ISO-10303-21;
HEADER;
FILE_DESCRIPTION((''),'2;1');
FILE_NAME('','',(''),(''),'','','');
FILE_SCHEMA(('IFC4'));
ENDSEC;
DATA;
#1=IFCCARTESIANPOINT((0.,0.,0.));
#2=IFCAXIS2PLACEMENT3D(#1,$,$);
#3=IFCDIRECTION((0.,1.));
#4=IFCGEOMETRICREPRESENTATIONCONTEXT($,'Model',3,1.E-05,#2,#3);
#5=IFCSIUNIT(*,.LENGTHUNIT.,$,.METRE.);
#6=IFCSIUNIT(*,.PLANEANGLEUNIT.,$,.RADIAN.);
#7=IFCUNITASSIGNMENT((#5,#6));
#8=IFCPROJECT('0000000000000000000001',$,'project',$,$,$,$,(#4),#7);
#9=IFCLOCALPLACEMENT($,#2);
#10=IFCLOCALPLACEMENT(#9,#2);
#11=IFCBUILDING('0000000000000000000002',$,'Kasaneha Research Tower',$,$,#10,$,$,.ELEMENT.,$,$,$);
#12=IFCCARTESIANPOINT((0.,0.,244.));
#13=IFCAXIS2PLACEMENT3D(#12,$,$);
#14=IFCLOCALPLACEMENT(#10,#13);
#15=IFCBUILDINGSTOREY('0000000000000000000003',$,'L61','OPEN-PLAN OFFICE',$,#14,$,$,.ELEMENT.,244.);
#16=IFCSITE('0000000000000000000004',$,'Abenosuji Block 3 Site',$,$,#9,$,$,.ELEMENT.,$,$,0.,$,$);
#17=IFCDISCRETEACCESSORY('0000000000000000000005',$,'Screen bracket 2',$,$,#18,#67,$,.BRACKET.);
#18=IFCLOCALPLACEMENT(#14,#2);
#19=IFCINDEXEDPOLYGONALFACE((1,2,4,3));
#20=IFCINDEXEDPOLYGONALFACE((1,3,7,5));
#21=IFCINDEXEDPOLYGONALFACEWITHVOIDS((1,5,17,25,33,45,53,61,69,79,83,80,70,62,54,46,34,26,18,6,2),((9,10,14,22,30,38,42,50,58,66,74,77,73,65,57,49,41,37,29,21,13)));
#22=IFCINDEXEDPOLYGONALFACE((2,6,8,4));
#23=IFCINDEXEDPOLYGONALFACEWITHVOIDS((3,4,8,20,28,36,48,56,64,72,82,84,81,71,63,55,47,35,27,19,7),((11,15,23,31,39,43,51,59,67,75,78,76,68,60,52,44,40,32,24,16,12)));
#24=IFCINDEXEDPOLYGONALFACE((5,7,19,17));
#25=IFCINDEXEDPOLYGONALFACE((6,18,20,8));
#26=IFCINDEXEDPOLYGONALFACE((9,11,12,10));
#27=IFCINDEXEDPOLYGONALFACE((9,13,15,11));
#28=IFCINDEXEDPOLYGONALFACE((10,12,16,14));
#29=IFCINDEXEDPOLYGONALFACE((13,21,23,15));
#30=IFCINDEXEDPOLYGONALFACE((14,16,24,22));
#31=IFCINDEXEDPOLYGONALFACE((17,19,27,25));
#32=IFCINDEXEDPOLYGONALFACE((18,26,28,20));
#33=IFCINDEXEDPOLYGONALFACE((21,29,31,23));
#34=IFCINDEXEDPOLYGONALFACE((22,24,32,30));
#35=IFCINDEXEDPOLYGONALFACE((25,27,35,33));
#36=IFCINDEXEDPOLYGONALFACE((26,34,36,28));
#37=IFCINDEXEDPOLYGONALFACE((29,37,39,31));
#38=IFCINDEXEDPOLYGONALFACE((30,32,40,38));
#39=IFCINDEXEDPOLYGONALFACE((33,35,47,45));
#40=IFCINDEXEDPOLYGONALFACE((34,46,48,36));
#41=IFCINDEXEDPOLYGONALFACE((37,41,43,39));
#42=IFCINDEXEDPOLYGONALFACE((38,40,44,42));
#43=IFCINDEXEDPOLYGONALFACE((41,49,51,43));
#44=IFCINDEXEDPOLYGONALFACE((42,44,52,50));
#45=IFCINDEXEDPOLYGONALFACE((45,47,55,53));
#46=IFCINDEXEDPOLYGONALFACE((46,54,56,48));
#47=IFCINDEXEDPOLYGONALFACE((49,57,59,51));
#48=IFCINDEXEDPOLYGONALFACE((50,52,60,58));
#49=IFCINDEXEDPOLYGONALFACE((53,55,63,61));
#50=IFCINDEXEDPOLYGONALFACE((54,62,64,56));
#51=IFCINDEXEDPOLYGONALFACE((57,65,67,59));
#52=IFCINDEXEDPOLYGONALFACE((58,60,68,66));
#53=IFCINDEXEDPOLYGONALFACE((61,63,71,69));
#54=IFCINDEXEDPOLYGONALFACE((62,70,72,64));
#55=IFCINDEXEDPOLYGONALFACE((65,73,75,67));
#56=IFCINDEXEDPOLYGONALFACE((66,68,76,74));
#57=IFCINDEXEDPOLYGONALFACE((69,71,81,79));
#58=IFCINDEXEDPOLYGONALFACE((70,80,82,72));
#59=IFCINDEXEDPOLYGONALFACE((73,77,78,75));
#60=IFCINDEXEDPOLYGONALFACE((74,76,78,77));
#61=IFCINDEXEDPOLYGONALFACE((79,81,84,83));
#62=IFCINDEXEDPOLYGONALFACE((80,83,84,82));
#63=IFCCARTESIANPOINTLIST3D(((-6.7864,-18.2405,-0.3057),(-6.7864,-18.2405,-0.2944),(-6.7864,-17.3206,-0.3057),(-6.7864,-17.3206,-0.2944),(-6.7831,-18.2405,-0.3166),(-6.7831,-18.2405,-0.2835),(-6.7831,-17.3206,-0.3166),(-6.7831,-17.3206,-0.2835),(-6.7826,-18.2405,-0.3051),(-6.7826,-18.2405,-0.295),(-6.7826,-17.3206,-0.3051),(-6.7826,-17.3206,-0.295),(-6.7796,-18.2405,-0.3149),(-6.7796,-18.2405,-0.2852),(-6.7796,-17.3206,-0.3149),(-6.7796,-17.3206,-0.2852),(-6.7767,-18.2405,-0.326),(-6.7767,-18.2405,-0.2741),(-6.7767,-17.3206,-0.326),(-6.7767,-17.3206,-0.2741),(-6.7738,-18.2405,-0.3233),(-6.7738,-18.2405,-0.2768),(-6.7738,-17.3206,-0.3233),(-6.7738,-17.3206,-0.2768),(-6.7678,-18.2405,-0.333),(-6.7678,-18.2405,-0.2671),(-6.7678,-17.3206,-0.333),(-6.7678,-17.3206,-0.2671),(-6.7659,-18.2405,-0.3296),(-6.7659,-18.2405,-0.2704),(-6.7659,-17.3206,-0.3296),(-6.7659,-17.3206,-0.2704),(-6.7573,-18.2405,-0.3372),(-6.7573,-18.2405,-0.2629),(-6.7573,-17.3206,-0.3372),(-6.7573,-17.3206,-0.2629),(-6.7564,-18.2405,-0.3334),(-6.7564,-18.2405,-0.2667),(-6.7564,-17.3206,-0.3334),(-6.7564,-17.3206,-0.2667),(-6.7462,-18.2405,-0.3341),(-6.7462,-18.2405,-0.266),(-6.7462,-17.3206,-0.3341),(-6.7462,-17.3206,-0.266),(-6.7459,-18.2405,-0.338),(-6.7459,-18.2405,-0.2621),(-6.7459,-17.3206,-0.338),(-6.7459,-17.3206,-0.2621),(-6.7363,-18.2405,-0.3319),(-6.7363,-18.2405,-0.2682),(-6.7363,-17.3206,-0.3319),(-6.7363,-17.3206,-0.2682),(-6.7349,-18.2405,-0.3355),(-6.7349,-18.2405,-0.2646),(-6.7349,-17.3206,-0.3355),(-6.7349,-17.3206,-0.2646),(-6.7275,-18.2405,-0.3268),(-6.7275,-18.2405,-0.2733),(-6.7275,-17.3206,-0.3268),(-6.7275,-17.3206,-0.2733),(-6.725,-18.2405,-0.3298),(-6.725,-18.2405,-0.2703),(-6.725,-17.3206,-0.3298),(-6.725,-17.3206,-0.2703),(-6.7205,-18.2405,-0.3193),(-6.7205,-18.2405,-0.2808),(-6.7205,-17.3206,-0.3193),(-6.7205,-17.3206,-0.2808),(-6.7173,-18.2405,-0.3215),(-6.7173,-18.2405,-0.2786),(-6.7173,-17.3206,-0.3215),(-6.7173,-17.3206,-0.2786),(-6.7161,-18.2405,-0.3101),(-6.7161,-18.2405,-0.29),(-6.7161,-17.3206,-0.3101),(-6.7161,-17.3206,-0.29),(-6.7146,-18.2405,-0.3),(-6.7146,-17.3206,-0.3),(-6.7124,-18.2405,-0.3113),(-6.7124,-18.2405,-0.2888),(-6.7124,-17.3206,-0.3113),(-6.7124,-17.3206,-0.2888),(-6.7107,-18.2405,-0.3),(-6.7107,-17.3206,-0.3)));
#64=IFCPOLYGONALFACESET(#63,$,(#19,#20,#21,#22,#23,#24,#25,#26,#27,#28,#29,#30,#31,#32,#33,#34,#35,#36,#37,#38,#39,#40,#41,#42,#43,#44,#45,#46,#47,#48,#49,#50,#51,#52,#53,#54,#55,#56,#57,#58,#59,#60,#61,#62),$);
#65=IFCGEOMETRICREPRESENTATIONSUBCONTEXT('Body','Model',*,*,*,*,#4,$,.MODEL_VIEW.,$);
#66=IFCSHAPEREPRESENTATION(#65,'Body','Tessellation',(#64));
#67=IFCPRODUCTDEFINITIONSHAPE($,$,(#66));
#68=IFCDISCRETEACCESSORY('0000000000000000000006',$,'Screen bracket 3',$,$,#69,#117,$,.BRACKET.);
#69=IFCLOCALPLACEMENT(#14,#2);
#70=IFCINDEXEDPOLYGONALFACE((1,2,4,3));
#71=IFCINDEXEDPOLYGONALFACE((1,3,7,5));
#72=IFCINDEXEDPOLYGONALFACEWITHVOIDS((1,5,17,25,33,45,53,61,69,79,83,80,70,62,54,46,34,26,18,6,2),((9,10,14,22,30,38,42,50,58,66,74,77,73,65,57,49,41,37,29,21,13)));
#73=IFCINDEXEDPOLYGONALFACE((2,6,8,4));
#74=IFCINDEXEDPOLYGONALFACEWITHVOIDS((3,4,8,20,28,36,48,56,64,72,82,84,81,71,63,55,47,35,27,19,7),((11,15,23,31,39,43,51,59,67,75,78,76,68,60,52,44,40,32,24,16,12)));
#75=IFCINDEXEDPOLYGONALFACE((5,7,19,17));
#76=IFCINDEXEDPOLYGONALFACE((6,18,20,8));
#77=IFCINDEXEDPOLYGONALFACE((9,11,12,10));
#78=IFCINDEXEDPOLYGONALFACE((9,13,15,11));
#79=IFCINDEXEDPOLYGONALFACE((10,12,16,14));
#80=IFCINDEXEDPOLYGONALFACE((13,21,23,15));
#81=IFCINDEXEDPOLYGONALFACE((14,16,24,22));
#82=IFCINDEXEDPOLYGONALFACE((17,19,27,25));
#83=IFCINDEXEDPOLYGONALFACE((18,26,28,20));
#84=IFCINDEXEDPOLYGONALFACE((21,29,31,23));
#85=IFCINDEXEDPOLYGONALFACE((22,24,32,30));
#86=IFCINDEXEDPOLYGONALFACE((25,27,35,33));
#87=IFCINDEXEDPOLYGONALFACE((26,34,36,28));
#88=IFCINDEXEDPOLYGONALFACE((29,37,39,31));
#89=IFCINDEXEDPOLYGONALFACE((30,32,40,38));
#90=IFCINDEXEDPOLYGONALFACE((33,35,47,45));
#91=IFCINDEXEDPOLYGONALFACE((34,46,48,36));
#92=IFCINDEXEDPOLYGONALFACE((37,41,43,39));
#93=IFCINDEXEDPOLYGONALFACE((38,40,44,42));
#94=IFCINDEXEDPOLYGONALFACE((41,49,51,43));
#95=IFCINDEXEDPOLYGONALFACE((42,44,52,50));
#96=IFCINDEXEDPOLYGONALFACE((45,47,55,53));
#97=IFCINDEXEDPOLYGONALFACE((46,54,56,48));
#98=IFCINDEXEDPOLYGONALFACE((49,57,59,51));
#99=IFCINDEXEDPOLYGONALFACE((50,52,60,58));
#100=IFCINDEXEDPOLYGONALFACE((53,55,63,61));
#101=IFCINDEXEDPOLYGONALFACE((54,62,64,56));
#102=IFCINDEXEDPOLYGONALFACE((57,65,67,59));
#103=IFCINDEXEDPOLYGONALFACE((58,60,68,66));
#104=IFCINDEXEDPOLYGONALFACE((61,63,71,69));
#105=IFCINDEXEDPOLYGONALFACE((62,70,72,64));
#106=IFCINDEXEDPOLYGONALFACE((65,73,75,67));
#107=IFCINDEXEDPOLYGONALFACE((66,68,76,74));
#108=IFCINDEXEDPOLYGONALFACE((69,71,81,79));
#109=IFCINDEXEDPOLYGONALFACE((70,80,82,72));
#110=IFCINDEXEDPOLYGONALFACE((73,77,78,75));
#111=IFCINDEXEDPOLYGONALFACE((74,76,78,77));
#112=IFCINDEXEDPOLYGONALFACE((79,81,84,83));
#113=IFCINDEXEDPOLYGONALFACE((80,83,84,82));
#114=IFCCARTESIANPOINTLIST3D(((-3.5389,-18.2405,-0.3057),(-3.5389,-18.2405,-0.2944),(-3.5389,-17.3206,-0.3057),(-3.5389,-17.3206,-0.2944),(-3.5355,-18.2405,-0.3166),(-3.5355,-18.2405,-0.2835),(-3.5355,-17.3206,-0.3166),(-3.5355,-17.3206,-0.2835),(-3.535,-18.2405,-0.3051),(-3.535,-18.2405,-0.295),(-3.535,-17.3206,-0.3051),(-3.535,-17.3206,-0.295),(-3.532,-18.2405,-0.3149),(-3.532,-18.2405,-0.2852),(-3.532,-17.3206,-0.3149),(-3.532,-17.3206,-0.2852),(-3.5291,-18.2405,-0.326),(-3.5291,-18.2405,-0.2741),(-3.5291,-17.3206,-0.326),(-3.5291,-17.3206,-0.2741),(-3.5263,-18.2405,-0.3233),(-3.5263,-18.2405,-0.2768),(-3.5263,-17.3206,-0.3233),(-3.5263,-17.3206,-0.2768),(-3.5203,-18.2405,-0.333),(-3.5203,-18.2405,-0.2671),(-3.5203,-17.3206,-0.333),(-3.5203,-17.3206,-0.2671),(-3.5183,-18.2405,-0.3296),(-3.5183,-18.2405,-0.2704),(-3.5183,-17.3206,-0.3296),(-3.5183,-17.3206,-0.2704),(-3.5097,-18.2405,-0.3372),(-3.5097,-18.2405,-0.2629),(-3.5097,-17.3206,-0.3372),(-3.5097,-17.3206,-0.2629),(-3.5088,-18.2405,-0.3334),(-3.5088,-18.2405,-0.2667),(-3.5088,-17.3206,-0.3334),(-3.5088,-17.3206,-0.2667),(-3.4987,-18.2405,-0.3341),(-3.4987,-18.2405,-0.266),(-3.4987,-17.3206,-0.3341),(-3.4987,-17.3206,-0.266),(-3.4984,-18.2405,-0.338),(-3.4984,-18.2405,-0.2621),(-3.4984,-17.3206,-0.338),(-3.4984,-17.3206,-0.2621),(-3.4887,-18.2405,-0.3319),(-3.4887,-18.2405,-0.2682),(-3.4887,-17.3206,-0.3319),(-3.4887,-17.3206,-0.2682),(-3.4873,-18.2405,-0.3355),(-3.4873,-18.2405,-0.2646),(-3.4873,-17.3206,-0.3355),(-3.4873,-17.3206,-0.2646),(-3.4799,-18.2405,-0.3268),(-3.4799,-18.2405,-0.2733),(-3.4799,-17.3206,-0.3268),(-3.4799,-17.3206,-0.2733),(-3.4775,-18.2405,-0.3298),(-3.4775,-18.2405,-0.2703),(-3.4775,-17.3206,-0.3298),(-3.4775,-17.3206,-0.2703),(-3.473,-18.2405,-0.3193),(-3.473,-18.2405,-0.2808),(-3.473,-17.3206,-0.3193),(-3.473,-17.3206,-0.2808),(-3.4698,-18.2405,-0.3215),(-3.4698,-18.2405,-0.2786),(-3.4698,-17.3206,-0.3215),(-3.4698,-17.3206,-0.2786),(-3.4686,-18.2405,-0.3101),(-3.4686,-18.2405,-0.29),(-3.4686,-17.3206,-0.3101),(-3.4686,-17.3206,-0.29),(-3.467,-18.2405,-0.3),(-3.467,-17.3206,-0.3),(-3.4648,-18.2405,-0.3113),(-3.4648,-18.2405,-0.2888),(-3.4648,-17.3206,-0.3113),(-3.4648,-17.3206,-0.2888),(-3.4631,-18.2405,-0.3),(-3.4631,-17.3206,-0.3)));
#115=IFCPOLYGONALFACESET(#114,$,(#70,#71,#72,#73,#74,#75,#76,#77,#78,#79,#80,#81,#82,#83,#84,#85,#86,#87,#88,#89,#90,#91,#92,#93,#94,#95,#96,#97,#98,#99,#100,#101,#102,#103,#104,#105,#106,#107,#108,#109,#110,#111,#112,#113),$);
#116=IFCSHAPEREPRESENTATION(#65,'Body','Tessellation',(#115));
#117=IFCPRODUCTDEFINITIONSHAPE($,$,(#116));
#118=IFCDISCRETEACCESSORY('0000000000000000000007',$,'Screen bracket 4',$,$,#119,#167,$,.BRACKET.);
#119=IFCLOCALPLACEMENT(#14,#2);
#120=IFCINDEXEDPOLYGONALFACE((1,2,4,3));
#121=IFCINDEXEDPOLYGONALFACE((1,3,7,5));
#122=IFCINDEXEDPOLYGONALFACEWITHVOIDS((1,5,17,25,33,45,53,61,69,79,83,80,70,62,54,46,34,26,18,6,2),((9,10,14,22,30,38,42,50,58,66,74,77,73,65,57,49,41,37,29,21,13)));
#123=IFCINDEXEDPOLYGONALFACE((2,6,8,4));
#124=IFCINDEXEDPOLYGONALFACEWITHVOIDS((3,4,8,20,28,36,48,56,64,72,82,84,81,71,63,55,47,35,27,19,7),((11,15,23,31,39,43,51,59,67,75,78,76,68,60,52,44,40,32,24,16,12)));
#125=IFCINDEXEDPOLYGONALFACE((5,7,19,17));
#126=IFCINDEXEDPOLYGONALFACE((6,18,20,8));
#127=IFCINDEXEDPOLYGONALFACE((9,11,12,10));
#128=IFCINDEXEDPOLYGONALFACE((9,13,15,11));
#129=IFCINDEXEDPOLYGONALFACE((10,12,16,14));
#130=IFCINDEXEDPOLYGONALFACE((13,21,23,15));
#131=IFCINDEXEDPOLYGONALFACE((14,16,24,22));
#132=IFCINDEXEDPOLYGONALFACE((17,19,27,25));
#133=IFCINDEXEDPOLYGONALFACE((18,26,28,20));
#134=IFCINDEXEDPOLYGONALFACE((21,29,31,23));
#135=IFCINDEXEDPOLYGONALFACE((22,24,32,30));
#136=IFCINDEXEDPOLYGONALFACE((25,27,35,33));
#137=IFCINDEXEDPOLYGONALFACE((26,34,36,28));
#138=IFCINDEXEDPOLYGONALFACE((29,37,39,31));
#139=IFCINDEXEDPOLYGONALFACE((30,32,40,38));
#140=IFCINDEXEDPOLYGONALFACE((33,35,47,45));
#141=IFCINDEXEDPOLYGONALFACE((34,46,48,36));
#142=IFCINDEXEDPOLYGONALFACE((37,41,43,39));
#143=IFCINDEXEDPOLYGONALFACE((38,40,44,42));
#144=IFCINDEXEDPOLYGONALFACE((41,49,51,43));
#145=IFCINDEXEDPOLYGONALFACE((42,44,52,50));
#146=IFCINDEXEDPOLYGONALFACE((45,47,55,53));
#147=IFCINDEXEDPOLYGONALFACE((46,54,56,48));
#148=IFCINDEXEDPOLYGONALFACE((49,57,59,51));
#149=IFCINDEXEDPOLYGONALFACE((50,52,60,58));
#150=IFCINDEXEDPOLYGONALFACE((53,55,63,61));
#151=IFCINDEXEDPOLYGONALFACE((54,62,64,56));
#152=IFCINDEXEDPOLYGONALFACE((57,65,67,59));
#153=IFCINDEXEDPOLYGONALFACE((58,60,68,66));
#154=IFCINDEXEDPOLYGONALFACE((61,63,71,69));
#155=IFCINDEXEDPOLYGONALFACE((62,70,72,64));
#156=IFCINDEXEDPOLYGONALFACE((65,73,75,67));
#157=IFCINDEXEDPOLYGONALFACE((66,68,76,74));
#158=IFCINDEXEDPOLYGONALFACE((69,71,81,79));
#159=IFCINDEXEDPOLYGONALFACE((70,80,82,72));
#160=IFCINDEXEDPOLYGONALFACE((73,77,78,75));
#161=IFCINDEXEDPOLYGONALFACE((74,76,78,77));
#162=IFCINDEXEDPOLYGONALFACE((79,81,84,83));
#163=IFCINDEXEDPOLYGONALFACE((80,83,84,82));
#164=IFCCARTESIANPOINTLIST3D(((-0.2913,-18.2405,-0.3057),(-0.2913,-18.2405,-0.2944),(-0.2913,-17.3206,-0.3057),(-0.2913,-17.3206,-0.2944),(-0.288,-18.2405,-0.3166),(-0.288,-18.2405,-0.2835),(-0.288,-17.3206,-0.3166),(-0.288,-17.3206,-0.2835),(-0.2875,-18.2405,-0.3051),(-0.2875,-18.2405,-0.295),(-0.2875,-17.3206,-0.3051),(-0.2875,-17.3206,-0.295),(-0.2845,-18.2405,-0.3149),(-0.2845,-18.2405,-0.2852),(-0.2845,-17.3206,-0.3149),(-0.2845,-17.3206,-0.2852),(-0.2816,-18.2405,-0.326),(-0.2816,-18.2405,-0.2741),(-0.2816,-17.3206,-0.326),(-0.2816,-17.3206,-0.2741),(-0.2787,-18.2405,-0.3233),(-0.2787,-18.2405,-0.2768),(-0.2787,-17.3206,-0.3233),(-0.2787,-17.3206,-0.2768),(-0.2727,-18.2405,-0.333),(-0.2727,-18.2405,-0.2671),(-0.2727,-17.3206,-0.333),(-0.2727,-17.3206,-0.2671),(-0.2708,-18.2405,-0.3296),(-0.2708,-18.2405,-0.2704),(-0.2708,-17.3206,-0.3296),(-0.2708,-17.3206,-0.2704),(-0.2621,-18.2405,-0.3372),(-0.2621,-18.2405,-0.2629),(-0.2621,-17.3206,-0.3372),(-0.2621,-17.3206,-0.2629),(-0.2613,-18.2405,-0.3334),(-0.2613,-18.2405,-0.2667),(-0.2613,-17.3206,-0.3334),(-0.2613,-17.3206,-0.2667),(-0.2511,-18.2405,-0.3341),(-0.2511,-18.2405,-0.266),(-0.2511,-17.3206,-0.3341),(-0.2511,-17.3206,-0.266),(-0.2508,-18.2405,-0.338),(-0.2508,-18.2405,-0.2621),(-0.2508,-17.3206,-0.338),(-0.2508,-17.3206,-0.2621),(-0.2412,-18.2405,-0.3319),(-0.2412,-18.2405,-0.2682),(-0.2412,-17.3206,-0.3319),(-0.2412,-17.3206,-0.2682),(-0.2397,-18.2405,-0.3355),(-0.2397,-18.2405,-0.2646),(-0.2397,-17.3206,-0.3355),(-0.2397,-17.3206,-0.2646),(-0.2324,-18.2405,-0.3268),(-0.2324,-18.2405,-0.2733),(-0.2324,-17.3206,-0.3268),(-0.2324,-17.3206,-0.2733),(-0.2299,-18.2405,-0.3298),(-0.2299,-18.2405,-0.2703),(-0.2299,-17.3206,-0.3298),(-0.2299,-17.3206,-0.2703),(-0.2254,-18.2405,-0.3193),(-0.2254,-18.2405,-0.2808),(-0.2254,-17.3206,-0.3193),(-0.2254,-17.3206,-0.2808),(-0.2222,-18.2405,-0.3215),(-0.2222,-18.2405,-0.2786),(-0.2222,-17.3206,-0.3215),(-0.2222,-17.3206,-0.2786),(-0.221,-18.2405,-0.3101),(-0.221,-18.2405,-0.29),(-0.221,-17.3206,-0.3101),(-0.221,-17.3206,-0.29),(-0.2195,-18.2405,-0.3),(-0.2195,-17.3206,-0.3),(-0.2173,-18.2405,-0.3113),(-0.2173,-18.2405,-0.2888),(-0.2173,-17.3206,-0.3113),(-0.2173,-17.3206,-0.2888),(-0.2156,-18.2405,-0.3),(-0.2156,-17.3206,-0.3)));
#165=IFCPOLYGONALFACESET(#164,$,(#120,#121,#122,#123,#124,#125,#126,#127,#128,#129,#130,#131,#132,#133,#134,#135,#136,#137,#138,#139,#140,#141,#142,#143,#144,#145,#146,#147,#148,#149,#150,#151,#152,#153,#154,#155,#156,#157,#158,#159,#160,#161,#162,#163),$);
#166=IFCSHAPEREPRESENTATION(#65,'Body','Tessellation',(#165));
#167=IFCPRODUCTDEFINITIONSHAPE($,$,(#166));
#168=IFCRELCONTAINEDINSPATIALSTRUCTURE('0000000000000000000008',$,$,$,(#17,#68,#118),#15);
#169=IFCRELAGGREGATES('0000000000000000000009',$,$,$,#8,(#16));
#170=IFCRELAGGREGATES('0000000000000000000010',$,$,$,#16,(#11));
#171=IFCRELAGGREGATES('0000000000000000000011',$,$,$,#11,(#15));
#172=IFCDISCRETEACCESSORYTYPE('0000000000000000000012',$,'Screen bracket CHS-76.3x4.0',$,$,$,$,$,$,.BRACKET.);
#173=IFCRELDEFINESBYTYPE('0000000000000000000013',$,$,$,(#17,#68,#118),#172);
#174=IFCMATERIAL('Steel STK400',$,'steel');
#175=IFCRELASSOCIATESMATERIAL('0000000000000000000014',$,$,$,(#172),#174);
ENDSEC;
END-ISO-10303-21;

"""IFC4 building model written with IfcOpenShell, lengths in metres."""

from ifc_helpers import new_model, si_unit, direction, frame, origin, origin_2d, place, context, subcontext, project, spatial, hollow_circle, extrude, material, material_profile, profile_set, type_object, element, save


model = new_model("IFC4")

# Units and contexts
model_context = context("Model", 3, precision=1e-05, world=origin(), true_north=direction((0.0, 1.0)))
body_context = subcontext(model_context, "Body", "Model", "MODEL_VIEW")
ifc_project = project(units=[si_unit("LENGTHUNIT", "METRE"), si_unit("PLANEANGLEUNIT", "RADIAN")], contexts=[model_context])

# Site, building, storey
site_placement = place(None, origin())
site = spatial("IfcSite", under=ifc_project, at=site_placement, Name="Abenosuji Block 3 Site", CompositionType="ELEMENT", RefElevation=0.0)
building_placement = place(site_placement, origin())
building = spatial("IfcBuilding", under=site, at=building_placement, Name="Kasaneha Research Tower", CompositionType="ELEMENT")
storey_placement = place(building_placement, frame((0.0, 0.0, 244.0)))
storey = spatial("IfcBuildingStorey", under=building, at=storey_placement, Name="L61", Description="OPEN-PLAN OFFICE", CompositionType="ELEMENT", Elevation=244.0)

# Discrete accessories
ifc_material_1 = material(Name="Steel STK400", Category="steel")
ifc_material_profile_1 = material_profile(ifc_material_1, hollow_circle(Radius=0.0381, WallThickness=0.0039, at=origin_2d()), Name="CHS-76.3x4.0")
ifc_profile_set_1 = profile_set([ifc_material_profile_1], Name="Steel STK400")
discrete_accessory_type = type_object("IfcDiscreteAccessoryType", Name="Screen bracket CHS-76.3x4.0", PredefinedType="BRACKET", material=ifc_profile_set_1)
for number, where, z_axis, x_axis, name in (
    (1, (-6.7488, -17.3206, -0.3), (0.0, -1.0, 0.0), (1.0, 0.0, 0.0), "Screen bracket 2"),
    (2, (-3.5012, -17.3206, -0.3), (0.0, -1.0, 0.0), (1.0, 0.0, 0.0), "Screen bracket 3"),
    (3, (-0.2537, -17.3206, -0.3), (0.0, -1.0, 0.0), (1.0, 0.0, 0.0), "Screen bracket 4"),
):
    element("IfcDiscreteAccessory", number, at=place(storey_placement, frame(where, z_axis=z_axis, x_axis=x_axis)), inside=storey, type_object=discrete_accessory_type, Name=name, PredefinedType="BRACKET", context=body_context, shape_type="SweptSolid", body=[
        extrude(hollow_circle(Radius=0.0381, WallThickness=0.0039, at=origin_2d()), origin(), (0.0, 0.0, 1.0), 0.9199),
    ])

save(model, "model.ifc")
